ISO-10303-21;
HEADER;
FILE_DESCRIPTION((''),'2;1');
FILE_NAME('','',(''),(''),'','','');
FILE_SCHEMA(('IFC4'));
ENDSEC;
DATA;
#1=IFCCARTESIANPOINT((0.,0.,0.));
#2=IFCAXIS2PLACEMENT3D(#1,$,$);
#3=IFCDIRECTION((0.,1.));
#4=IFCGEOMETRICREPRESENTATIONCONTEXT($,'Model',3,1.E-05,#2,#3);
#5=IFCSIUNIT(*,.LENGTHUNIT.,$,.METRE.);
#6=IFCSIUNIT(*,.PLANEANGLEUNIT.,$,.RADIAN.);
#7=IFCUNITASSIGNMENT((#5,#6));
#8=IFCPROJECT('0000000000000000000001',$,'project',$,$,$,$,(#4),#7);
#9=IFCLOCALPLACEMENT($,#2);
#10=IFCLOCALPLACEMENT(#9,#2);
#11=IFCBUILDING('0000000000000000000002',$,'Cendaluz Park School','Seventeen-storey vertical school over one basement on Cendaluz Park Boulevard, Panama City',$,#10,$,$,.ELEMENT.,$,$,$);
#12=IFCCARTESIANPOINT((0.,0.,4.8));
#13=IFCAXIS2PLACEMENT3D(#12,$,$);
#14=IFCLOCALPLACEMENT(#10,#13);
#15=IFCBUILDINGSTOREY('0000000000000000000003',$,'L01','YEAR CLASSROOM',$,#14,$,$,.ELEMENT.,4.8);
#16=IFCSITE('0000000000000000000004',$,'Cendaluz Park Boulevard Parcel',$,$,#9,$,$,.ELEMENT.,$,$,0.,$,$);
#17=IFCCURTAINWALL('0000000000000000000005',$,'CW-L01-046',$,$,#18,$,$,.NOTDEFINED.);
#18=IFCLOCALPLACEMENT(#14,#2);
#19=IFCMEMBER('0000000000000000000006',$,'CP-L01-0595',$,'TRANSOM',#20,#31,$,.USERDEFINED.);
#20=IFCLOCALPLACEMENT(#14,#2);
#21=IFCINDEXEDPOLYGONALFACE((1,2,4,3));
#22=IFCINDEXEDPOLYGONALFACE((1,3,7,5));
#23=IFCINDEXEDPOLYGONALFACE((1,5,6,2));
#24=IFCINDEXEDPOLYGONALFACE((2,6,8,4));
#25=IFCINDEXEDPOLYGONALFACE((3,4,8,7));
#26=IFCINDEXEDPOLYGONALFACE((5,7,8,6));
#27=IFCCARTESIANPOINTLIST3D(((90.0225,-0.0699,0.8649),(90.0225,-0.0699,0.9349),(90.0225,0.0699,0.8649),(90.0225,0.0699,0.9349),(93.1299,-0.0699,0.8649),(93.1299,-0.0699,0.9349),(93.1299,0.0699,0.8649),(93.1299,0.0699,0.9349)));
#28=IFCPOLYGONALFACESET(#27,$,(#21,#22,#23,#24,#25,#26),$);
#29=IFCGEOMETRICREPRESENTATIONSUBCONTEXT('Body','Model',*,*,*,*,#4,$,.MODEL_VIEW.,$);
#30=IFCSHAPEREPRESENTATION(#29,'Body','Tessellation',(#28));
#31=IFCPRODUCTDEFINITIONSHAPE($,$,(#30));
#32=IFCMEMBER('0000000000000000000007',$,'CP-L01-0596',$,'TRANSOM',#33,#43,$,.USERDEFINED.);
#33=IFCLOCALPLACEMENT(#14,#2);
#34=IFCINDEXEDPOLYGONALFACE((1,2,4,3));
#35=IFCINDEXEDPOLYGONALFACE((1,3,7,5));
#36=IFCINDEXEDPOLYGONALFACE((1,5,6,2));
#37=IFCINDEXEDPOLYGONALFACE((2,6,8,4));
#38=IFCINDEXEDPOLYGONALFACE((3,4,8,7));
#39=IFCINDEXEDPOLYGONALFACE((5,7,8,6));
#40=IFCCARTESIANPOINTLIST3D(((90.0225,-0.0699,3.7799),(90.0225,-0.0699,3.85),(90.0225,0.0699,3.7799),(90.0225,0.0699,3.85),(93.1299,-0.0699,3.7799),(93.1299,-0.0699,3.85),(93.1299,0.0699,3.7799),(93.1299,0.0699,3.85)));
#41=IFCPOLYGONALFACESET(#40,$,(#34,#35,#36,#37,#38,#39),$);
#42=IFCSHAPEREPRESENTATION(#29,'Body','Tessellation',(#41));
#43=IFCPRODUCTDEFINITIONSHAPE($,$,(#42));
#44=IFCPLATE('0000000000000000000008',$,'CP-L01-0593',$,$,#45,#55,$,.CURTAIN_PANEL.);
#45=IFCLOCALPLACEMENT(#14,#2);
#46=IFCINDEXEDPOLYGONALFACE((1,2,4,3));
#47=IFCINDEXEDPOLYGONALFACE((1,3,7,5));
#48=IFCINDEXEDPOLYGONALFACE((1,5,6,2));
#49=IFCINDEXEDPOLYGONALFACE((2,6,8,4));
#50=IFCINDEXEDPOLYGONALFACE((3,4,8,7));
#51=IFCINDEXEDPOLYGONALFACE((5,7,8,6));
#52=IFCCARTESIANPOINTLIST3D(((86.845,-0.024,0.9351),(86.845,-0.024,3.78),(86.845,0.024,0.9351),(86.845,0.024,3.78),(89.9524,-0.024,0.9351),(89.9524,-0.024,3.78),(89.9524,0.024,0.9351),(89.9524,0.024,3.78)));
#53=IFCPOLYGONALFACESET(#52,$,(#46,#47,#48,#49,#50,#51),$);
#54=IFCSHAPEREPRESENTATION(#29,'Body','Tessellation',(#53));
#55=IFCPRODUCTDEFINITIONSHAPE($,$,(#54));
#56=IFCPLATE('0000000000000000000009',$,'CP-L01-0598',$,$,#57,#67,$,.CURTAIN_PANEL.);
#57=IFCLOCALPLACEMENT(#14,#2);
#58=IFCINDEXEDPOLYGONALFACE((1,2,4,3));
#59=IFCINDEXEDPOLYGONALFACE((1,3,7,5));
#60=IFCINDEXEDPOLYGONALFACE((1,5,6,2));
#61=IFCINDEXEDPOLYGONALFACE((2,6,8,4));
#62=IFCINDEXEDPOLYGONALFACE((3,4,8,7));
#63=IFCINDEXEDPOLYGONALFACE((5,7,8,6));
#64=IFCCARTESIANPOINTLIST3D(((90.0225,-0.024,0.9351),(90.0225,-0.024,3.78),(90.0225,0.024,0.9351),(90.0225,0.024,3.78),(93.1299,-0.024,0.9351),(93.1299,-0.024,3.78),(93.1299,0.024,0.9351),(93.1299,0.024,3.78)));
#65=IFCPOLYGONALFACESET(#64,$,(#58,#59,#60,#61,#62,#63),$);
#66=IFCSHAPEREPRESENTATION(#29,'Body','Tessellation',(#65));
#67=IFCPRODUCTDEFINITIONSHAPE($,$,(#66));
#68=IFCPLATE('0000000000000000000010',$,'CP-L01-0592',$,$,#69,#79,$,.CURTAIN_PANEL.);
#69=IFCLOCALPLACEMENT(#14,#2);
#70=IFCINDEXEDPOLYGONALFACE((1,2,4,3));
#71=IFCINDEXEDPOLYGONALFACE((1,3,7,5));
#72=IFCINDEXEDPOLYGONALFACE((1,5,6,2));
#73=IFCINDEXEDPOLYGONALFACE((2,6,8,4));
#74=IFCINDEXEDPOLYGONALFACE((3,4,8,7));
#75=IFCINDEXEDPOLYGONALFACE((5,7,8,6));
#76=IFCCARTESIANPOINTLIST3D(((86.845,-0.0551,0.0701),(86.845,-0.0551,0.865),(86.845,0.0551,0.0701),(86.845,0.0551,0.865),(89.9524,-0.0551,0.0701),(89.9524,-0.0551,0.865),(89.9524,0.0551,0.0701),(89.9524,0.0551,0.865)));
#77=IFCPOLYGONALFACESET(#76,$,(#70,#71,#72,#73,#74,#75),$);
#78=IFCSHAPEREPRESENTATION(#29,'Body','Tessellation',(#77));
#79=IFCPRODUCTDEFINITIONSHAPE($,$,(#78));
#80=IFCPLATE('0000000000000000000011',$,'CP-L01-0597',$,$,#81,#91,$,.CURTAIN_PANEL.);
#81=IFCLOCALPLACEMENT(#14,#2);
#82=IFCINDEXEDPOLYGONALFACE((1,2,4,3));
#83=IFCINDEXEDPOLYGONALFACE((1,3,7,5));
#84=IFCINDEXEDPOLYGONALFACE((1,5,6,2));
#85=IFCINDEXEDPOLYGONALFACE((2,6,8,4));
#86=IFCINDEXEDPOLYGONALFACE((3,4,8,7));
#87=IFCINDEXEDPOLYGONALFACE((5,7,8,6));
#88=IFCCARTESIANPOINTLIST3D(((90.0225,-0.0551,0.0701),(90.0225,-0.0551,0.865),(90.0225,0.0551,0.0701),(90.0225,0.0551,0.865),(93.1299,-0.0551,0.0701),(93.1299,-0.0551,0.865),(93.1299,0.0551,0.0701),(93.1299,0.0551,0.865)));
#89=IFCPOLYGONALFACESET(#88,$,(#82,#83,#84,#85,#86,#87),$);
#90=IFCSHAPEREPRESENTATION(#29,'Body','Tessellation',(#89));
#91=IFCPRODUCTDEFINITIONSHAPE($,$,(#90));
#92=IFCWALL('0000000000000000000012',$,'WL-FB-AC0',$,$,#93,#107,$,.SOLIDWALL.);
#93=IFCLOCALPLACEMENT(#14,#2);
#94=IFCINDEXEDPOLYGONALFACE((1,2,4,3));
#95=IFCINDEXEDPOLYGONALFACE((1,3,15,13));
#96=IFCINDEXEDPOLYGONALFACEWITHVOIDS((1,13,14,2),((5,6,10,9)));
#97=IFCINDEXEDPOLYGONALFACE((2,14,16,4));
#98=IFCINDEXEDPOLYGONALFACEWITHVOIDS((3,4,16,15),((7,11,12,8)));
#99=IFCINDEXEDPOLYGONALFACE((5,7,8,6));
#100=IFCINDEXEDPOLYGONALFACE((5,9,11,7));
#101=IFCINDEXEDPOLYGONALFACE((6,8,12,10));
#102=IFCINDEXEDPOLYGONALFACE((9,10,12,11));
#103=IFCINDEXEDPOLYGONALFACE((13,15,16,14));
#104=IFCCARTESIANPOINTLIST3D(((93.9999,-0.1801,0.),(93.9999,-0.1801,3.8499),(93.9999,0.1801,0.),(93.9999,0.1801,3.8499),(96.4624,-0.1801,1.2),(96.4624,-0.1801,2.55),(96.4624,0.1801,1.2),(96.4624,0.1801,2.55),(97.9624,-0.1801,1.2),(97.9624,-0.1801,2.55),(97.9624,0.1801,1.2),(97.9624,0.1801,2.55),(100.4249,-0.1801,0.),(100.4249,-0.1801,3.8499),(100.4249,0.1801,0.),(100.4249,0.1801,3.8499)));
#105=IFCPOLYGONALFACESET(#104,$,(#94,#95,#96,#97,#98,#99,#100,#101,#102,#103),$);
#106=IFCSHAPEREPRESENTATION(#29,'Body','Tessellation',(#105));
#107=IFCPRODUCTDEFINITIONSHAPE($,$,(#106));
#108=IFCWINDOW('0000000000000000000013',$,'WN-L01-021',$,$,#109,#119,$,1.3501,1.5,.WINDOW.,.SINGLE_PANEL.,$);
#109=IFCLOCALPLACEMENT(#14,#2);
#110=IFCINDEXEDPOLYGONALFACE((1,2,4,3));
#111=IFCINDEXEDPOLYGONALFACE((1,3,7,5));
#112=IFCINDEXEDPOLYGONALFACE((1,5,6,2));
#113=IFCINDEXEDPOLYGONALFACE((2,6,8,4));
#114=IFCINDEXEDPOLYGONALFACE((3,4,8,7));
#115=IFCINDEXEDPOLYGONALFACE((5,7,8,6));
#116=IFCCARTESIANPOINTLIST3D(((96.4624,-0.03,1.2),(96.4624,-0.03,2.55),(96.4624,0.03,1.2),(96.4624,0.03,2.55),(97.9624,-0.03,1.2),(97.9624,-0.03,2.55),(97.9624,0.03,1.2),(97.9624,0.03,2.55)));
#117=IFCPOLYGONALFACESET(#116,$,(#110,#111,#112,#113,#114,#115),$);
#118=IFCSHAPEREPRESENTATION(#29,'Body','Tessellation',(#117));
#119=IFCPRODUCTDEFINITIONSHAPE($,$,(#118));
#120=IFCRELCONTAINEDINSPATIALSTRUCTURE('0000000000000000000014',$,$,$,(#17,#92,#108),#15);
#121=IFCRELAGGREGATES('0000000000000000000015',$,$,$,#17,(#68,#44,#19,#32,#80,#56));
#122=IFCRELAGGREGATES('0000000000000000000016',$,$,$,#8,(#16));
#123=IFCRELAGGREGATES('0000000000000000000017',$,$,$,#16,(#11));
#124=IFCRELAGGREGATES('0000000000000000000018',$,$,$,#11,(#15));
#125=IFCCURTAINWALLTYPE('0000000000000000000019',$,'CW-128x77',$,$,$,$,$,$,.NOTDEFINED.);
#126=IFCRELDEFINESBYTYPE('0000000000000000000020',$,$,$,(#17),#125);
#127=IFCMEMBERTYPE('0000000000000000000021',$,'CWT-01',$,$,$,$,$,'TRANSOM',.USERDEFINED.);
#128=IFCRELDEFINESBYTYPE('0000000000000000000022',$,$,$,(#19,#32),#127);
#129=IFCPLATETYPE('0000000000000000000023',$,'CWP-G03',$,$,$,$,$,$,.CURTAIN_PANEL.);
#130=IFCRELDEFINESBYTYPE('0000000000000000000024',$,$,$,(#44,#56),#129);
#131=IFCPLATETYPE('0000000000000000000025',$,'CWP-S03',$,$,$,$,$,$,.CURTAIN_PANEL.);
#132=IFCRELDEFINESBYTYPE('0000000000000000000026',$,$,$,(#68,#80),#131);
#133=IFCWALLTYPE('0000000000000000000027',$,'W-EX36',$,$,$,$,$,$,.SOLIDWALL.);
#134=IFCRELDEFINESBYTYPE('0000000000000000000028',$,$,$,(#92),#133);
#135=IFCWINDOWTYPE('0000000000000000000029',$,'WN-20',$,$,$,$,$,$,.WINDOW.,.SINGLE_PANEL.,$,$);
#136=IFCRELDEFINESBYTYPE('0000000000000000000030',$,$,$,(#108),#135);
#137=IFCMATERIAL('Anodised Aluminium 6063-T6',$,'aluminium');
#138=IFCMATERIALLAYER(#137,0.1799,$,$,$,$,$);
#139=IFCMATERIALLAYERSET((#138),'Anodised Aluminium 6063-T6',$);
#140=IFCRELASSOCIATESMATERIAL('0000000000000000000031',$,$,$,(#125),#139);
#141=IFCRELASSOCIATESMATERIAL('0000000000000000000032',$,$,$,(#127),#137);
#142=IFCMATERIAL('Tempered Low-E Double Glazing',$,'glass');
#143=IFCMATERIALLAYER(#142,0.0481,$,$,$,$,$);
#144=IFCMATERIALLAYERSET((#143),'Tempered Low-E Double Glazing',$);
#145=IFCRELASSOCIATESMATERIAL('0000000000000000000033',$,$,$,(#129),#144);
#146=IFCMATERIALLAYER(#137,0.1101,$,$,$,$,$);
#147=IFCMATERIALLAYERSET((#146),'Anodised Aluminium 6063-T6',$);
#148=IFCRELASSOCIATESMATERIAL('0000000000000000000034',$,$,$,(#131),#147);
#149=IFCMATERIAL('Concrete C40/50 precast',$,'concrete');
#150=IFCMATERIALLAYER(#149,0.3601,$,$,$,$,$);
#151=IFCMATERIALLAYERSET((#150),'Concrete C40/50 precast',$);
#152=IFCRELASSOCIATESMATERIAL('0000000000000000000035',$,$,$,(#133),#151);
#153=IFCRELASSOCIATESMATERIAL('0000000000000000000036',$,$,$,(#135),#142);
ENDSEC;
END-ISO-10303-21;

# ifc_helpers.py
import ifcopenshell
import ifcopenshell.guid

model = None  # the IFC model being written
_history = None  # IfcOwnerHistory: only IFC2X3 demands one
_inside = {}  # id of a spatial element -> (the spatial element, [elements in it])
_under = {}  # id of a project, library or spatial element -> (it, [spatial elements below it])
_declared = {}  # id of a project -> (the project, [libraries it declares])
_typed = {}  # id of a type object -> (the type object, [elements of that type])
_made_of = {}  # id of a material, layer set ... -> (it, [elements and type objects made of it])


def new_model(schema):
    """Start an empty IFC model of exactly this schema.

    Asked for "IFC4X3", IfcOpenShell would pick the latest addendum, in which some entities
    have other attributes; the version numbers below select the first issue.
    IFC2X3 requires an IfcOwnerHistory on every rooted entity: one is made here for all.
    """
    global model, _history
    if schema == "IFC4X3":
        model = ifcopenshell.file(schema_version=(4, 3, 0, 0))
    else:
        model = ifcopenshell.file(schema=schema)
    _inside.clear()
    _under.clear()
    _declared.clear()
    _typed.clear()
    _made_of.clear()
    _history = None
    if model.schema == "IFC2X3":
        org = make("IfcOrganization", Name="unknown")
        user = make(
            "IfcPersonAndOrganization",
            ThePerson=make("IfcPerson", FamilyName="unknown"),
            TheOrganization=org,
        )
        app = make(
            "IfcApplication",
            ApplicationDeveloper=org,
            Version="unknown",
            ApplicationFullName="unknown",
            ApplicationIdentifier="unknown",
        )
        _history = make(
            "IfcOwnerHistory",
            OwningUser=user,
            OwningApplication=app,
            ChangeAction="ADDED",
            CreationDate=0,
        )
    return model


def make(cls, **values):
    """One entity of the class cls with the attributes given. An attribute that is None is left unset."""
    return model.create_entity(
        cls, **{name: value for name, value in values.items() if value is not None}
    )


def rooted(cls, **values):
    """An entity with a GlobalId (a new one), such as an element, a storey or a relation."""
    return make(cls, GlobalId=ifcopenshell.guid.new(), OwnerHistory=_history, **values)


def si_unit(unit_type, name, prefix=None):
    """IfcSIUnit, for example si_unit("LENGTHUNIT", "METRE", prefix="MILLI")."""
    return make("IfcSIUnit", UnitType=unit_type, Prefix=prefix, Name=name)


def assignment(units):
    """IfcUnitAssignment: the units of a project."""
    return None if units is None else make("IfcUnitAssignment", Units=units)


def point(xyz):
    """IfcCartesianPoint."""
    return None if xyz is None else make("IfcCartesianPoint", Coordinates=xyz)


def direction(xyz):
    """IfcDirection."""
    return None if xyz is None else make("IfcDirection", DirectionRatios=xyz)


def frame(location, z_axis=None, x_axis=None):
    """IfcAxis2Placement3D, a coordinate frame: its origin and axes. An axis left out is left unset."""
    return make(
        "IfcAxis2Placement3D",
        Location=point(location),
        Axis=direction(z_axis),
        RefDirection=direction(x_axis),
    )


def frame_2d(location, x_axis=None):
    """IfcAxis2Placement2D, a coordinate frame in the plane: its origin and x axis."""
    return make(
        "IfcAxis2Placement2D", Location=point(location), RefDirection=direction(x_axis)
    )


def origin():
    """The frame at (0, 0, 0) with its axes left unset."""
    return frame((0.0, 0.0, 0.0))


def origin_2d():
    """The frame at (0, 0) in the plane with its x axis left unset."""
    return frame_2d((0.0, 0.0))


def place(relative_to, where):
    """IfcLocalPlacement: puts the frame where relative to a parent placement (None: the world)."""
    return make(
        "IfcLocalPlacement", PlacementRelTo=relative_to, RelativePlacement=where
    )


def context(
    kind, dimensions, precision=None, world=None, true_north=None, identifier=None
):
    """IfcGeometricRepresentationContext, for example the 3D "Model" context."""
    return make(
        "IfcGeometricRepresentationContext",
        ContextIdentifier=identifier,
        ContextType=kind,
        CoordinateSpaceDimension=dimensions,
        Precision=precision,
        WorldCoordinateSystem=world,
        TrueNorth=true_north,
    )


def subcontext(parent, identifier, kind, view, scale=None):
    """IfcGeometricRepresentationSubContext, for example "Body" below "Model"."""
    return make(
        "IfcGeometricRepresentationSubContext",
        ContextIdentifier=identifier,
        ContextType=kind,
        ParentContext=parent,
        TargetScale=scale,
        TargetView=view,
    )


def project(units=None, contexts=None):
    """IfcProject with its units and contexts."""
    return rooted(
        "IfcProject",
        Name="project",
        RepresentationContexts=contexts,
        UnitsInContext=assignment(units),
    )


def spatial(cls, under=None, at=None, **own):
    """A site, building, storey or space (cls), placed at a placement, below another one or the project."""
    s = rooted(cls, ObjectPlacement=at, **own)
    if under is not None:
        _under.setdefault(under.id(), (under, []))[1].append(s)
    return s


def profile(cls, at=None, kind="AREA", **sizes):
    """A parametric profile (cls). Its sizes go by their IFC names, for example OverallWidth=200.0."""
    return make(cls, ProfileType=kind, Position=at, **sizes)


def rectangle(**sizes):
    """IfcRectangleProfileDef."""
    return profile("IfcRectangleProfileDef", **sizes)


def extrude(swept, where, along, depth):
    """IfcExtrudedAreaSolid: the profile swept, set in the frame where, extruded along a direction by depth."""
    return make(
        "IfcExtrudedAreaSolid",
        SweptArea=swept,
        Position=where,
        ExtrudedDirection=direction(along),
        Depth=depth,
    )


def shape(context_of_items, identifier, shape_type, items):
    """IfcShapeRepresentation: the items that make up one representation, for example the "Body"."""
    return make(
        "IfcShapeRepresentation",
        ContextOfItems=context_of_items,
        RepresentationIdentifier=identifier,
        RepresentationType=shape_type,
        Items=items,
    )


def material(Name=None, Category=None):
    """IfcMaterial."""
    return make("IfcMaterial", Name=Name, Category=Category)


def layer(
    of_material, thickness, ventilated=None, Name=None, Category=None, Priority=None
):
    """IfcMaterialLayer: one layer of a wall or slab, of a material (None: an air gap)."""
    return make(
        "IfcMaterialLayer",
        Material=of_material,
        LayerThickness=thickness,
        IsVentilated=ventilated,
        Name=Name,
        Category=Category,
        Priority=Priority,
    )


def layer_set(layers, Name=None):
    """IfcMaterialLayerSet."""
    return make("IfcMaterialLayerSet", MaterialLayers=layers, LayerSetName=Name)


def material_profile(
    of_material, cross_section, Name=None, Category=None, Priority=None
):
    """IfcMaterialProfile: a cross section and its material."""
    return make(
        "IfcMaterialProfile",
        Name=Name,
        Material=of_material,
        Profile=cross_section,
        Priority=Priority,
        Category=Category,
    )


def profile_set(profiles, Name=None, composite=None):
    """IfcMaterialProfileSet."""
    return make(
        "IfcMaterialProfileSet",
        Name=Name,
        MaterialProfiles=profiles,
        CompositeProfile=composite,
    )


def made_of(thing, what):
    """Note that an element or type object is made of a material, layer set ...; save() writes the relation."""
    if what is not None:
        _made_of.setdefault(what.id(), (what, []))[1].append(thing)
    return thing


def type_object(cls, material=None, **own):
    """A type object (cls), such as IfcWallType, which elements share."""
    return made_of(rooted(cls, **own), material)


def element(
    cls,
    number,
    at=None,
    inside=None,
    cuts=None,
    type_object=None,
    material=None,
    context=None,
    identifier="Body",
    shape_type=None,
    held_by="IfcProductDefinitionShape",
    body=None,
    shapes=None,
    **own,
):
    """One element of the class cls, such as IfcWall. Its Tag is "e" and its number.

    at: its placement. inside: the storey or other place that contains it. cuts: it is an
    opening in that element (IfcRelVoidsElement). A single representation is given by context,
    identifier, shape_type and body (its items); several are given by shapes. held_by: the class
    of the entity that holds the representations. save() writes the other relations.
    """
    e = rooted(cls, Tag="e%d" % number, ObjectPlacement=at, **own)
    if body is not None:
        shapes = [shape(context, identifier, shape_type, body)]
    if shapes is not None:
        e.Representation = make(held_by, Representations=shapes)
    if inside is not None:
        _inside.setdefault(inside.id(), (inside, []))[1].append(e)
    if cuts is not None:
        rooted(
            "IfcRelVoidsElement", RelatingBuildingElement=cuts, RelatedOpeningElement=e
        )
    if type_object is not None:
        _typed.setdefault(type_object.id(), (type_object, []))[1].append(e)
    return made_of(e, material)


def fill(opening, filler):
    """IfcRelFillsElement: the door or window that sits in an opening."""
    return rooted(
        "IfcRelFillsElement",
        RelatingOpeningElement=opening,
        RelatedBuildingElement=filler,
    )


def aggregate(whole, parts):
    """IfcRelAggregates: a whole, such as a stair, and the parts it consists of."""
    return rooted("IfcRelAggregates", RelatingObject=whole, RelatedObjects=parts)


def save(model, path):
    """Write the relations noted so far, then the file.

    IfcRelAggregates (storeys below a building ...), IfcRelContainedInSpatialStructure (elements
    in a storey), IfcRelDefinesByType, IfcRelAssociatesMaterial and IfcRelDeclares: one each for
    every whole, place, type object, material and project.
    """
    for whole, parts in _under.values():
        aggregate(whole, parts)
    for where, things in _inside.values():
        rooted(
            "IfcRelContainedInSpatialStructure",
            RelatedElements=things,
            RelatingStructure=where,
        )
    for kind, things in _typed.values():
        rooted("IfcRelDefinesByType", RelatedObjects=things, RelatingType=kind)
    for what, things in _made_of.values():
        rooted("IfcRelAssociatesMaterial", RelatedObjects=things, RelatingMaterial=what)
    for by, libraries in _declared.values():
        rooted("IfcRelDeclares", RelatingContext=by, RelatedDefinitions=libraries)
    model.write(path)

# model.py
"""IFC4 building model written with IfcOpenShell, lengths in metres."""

from ifc_helpers import new_model, si_unit, direction, frame, frame_2d, origin, origin_2d, place, context, subcontext, project, spatial, rectangle, extrude, material, layer, layer_set, material_profile, profile_set, type_object, element, fill, aggregate, save


model = new_model("IFC4")

# Units and contexts
model_context = context("Model", 3, precision=1e-05, world=origin(), true_north=direction((0.0, 1.0)))
body_context = subcontext(model_context, "Body", "Model", "MODEL_VIEW")
ifc_project = project(units=[si_unit("LENGTHUNIT", "METRE"), si_unit("PLANEANGLEUNIT", "RADIAN")], contexts=[model_context])

# Site, building, storey
site_placement = place(None, origin())
site = spatial("IfcSite", under=ifc_project, at=site_placement, Name="Cendaluz Park Boulevard Parcel", CompositionType="ELEMENT", RefElevation=0.0)
building_placement = place(site_placement, origin())
building = spatial("IfcBuilding", under=site, at=building_placement, Name="Cendaluz Park School", Description="Seventeen-storey vertical school over one basement on Cendaluz Park Boulevard, Panama City", CompositionType="ELEMENT")
storey_placement = place(building_placement, frame((0.0, 0.0, 4.8)))
storey = spatial("IfcBuildingStorey", under=building, at=storey_placement, Name="L01", Description="YEAR CLASSROOM", CompositionType="ELEMENT", Elevation=4.8)

# Curtain wall, members, plates
ifc_material_1 = material(Name="Anodised Aluminium 6063-T6", Category="aluminium")
ifc_layer_1 = layer(ifc_material_1, 0.1799)
ifc_layer_set_1 = layer_set([ifc_layer_1], Name="Anodised Aluminium 6063-T6")
curtain_wall_type = type_object("IfcCurtainWallType", Name="CW-128x77", PredefinedType="NOTDEFINED", material=ifc_layer_set_1)
curtain_wall_placement = place(storey_placement, origin())
curtain_wall = element("IfcCurtainWall", 1, at=curtain_wall_placement, inside=storey, type_object=curtain_wall_type, Name="CW-L01-046", PredefinedType="NOTDEFINED")
ifc_material_profile_1 = material_profile(ifc_material_1, rectangle(XDim=0.1399, YDim=0.0701, at=origin_2d()), Name="CWT 140x70", Category="aluminium")
ifc_profile_set_1 = profile_set([ifc_material_profile_1], Name="Anodised Aluminium 6063-T6")
member_type_1 = type_object("IfcMemberType", Name="CWT-01", ElementType="TRANSOM", PredefinedType="USERDEFINED", material=ifc_profile_set_1)
member_1_placement = place(storey_placement, frame((90.0225, 0.0, 0.8999), z_axis=(1.0, 0.0, 0.0), x_axis=(0.0, 1.0, 0.0)))
member_1 = element("IfcMember", 2, at=member_1_placement, type_object=member_type_1, Name="CP-L01-0595", ObjectType="TRANSOM", PredefinedType="USERDEFINED", context=body_context, shape_type="SweptSolid", body=[
    extrude(rectangle(XDim=0.1399, YDim=0.0701, at=origin_2d()), origin(), (0.0, 0.0, 1.0), 3.1074),
])
member_2_placement = place(storey_placement, frame((90.0225, 0.0, 3.8149), z_axis=(1.0, 0.0, 0.0), x_axis=(0.0, 1.0, 0.0)))
member_2 = element("IfcMember", 3, at=member_2_placement, type_object=member_type_1, Name="CP-L01-0596", ObjectType="TRANSOM", PredefinedType="USERDEFINED", context=body_context, shape_type="SweptSolid", body=[
    extrude(rectangle(XDim=0.1399, YDim=0.0701, at=origin_2d()), origin(), (0.0, 0.0, 1.0), 3.1074),
])
ifc_material_2 = material(Name="Tempered Low-E Double Glazing", Category="glass")
ifc_layer_2 = layer(ifc_material_2, 0.0481)
ifc_layer_set_2 = layer_set([ifc_layer_2], Name="Tempered Low-E Double Glazing")
plate_type_1 = type_object("IfcPlateType", Name="CWP-G03", PredefinedType="CURTAIN_PANEL", material=ifc_layer_set_2)
plate_1_placement = place(storey_placement, frame((88.3987, 0.0, 0.9351), z_axis=(0.0, 0.0, 1.0), x_axis=(1.0, 0.0, 0.0)))
plate_1 = element("IfcPlate", 4, at=plate_1_placement, type_object=plate_type_1, Name="CP-L01-0593", PredefinedType="CURTAIN_PANEL", context=body_context, shape_type="SweptSolid", body=[
    extrude(rectangle(XDim=3.1074, YDim=0.0481, at=origin_2d()), origin(), (0.0, 0.0, 1.0), 2.845),
])
plate_2_placement = place(storey_placement, frame((91.5762, 0.0, 0.9351), z_axis=(0.0, 0.0, 1.0), x_axis=(1.0, 0.0, 0.0)))
plate_2 = element("IfcPlate", 5, at=plate_2_placement, type_object=plate_type_1, Name="CP-L01-0598", PredefinedType="CURTAIN_PANEL", context=body_context, shape_type="SweptSolid", body=[
    extrude(rectangle(XDim=3.1074, YDim=0.0481, at=origin_2d()), origin(), (0.0, 0.0, 1.0), 2.845),
])
ifc_layer_3 = layer(ifc_material_1, 0.1101)
ifc_layer_set_3 = layer_set([ifc_layer_3], Name="Anodised Aluminium 6063-T6")
plate_type_2 = type_object("IfcPlateType", Name="CWP-S03", PredefinedType="CURTAIN_PANEL", material=ifc_layer_set_3)
plate_3_placement = place(storey_placement, frame((88.3987, 0.0, 0.0701), z_axis=(0.0, 0.0, 1.0), x_axis=(1.0, 0.0, 0.0)))
plate_3 = element("IfcPlate", 6, at=plate_3_placement, type_object=plate_type_2, Name="CP-L01-0592", PredefinedType="CURTAIN_PANEL", context=body_context, shape_type="SweptSolid", body=[
    extrude(rectangle(XDim=3.1074, YDim=0.1101, at=origin_2d()), origin(), (0.0, 0.0, 1.0), 0.7949),
])
plate_4_placement = place(storey_placement, frame((91.5762, 0.0, 0.0701), z_axis=(0.0, 0.0, 1.0), x_axis=(1.0, 0.0, 0.0)))
plate_4 = element("IfcPlate", 7, at=plate_4_placement, type_object=plate_type_2, Name="CP-L01-0597", PredefinedType="CURTAIN_PANEL", context=body_context, shape_type="SweptSolid", body=[
    extrude(rectangle(XDim=3.1074, YDim=0.1101, at=origin_2d()), origin(), (0.0, 0.0, 1.0), 0.7949),
])
aggregate(curtain_wall, [plate_3, plate_1, member_1, member_2, plate_4, plate_2])

# Wall, opening, window
ifc_material_3 = material(Name="Concrete C40/50 precast", Category="concrete")
ifc_layer_4 = layer(ifc_material_3, 0.3601)
ifc_layer_set_4 = layer_set([ifc_layer_4], Name="Concrete C40/50 precast")
wall_type = type_object("IfcWallType", Name="W-EX36", PredefinedType="SOLIDWALL", material=ifc_layer_set_4)
wall_placement = place(storey_placement, frame((94.0, 0.0, 0.0), z_axis=(0.0, 0.0, 1.0), x_axis=(1.0, 0.0, 0.0)))
wall = element("IfcWall", 8, at=wall_placement, inside=storey, type_object=wall_type, Name="WL-FB-AC0", PredefinedType="SOLIDWALL", context=body_context, shape_type="SweptSolid", body=[
    extrude(rectangle(XDim=6.425, YDim=0.3601, at=frame_2d((3.2124, 0.0))), origin(), (0.0, 0.0, 1.0), 3.8499),
])
opening_placement = place(wall_placement, frame((2.4624, 0.0, 1.2)))
opening = element("IfcOpeningElement", 9, at=opening_placement, cuts=wall, PredefinedType="OPENING", context=body_context, shape_type="SweptSolid", body=[
    extrude(rectangle(XDim=1.5, YDim=1.3501, at=frame_2d((0.75, 0.675))), frame((0.0, 0.1921, 0.0), z_axis=(0.0, -1.0, 0.0), x_axis=(1.0, 0.0, 0.0)), (0.0, 0.0, 1.0), 0.384),
])
window_type = type_object("IfcWindowType", Name="WN-20", PartitioningType="SINGLE_PANEL", PredefinedType="WINDOW", material=ifc_material_2)
window_placement = place(opening_placement, origin())
window = element("IfcWindow", 10, at=window_placement, inside=storey, type_object=window_type, Name="WN-L01-021", OverallHeight=1.3501, OverallWidth=1.5, PartitioningType="SINGLE_PANEL", PredefinedType="WINDOW", context=body_context, shape_type="SweptSolid", body=[
    extrude(rectangle(XDim=1.5, YDim=1.3501, at=frame_2d((0.75, 0.675))), frame((0.0, 0.03, 0.0), z_axis=(0.0, -1.0, 0.0), x_axis=(1.0, 0.0, 0.0)), (0.0, 0.0, 1.0), 0.0601),
])
fill(opening, window)

save(model, "model.ifc")
